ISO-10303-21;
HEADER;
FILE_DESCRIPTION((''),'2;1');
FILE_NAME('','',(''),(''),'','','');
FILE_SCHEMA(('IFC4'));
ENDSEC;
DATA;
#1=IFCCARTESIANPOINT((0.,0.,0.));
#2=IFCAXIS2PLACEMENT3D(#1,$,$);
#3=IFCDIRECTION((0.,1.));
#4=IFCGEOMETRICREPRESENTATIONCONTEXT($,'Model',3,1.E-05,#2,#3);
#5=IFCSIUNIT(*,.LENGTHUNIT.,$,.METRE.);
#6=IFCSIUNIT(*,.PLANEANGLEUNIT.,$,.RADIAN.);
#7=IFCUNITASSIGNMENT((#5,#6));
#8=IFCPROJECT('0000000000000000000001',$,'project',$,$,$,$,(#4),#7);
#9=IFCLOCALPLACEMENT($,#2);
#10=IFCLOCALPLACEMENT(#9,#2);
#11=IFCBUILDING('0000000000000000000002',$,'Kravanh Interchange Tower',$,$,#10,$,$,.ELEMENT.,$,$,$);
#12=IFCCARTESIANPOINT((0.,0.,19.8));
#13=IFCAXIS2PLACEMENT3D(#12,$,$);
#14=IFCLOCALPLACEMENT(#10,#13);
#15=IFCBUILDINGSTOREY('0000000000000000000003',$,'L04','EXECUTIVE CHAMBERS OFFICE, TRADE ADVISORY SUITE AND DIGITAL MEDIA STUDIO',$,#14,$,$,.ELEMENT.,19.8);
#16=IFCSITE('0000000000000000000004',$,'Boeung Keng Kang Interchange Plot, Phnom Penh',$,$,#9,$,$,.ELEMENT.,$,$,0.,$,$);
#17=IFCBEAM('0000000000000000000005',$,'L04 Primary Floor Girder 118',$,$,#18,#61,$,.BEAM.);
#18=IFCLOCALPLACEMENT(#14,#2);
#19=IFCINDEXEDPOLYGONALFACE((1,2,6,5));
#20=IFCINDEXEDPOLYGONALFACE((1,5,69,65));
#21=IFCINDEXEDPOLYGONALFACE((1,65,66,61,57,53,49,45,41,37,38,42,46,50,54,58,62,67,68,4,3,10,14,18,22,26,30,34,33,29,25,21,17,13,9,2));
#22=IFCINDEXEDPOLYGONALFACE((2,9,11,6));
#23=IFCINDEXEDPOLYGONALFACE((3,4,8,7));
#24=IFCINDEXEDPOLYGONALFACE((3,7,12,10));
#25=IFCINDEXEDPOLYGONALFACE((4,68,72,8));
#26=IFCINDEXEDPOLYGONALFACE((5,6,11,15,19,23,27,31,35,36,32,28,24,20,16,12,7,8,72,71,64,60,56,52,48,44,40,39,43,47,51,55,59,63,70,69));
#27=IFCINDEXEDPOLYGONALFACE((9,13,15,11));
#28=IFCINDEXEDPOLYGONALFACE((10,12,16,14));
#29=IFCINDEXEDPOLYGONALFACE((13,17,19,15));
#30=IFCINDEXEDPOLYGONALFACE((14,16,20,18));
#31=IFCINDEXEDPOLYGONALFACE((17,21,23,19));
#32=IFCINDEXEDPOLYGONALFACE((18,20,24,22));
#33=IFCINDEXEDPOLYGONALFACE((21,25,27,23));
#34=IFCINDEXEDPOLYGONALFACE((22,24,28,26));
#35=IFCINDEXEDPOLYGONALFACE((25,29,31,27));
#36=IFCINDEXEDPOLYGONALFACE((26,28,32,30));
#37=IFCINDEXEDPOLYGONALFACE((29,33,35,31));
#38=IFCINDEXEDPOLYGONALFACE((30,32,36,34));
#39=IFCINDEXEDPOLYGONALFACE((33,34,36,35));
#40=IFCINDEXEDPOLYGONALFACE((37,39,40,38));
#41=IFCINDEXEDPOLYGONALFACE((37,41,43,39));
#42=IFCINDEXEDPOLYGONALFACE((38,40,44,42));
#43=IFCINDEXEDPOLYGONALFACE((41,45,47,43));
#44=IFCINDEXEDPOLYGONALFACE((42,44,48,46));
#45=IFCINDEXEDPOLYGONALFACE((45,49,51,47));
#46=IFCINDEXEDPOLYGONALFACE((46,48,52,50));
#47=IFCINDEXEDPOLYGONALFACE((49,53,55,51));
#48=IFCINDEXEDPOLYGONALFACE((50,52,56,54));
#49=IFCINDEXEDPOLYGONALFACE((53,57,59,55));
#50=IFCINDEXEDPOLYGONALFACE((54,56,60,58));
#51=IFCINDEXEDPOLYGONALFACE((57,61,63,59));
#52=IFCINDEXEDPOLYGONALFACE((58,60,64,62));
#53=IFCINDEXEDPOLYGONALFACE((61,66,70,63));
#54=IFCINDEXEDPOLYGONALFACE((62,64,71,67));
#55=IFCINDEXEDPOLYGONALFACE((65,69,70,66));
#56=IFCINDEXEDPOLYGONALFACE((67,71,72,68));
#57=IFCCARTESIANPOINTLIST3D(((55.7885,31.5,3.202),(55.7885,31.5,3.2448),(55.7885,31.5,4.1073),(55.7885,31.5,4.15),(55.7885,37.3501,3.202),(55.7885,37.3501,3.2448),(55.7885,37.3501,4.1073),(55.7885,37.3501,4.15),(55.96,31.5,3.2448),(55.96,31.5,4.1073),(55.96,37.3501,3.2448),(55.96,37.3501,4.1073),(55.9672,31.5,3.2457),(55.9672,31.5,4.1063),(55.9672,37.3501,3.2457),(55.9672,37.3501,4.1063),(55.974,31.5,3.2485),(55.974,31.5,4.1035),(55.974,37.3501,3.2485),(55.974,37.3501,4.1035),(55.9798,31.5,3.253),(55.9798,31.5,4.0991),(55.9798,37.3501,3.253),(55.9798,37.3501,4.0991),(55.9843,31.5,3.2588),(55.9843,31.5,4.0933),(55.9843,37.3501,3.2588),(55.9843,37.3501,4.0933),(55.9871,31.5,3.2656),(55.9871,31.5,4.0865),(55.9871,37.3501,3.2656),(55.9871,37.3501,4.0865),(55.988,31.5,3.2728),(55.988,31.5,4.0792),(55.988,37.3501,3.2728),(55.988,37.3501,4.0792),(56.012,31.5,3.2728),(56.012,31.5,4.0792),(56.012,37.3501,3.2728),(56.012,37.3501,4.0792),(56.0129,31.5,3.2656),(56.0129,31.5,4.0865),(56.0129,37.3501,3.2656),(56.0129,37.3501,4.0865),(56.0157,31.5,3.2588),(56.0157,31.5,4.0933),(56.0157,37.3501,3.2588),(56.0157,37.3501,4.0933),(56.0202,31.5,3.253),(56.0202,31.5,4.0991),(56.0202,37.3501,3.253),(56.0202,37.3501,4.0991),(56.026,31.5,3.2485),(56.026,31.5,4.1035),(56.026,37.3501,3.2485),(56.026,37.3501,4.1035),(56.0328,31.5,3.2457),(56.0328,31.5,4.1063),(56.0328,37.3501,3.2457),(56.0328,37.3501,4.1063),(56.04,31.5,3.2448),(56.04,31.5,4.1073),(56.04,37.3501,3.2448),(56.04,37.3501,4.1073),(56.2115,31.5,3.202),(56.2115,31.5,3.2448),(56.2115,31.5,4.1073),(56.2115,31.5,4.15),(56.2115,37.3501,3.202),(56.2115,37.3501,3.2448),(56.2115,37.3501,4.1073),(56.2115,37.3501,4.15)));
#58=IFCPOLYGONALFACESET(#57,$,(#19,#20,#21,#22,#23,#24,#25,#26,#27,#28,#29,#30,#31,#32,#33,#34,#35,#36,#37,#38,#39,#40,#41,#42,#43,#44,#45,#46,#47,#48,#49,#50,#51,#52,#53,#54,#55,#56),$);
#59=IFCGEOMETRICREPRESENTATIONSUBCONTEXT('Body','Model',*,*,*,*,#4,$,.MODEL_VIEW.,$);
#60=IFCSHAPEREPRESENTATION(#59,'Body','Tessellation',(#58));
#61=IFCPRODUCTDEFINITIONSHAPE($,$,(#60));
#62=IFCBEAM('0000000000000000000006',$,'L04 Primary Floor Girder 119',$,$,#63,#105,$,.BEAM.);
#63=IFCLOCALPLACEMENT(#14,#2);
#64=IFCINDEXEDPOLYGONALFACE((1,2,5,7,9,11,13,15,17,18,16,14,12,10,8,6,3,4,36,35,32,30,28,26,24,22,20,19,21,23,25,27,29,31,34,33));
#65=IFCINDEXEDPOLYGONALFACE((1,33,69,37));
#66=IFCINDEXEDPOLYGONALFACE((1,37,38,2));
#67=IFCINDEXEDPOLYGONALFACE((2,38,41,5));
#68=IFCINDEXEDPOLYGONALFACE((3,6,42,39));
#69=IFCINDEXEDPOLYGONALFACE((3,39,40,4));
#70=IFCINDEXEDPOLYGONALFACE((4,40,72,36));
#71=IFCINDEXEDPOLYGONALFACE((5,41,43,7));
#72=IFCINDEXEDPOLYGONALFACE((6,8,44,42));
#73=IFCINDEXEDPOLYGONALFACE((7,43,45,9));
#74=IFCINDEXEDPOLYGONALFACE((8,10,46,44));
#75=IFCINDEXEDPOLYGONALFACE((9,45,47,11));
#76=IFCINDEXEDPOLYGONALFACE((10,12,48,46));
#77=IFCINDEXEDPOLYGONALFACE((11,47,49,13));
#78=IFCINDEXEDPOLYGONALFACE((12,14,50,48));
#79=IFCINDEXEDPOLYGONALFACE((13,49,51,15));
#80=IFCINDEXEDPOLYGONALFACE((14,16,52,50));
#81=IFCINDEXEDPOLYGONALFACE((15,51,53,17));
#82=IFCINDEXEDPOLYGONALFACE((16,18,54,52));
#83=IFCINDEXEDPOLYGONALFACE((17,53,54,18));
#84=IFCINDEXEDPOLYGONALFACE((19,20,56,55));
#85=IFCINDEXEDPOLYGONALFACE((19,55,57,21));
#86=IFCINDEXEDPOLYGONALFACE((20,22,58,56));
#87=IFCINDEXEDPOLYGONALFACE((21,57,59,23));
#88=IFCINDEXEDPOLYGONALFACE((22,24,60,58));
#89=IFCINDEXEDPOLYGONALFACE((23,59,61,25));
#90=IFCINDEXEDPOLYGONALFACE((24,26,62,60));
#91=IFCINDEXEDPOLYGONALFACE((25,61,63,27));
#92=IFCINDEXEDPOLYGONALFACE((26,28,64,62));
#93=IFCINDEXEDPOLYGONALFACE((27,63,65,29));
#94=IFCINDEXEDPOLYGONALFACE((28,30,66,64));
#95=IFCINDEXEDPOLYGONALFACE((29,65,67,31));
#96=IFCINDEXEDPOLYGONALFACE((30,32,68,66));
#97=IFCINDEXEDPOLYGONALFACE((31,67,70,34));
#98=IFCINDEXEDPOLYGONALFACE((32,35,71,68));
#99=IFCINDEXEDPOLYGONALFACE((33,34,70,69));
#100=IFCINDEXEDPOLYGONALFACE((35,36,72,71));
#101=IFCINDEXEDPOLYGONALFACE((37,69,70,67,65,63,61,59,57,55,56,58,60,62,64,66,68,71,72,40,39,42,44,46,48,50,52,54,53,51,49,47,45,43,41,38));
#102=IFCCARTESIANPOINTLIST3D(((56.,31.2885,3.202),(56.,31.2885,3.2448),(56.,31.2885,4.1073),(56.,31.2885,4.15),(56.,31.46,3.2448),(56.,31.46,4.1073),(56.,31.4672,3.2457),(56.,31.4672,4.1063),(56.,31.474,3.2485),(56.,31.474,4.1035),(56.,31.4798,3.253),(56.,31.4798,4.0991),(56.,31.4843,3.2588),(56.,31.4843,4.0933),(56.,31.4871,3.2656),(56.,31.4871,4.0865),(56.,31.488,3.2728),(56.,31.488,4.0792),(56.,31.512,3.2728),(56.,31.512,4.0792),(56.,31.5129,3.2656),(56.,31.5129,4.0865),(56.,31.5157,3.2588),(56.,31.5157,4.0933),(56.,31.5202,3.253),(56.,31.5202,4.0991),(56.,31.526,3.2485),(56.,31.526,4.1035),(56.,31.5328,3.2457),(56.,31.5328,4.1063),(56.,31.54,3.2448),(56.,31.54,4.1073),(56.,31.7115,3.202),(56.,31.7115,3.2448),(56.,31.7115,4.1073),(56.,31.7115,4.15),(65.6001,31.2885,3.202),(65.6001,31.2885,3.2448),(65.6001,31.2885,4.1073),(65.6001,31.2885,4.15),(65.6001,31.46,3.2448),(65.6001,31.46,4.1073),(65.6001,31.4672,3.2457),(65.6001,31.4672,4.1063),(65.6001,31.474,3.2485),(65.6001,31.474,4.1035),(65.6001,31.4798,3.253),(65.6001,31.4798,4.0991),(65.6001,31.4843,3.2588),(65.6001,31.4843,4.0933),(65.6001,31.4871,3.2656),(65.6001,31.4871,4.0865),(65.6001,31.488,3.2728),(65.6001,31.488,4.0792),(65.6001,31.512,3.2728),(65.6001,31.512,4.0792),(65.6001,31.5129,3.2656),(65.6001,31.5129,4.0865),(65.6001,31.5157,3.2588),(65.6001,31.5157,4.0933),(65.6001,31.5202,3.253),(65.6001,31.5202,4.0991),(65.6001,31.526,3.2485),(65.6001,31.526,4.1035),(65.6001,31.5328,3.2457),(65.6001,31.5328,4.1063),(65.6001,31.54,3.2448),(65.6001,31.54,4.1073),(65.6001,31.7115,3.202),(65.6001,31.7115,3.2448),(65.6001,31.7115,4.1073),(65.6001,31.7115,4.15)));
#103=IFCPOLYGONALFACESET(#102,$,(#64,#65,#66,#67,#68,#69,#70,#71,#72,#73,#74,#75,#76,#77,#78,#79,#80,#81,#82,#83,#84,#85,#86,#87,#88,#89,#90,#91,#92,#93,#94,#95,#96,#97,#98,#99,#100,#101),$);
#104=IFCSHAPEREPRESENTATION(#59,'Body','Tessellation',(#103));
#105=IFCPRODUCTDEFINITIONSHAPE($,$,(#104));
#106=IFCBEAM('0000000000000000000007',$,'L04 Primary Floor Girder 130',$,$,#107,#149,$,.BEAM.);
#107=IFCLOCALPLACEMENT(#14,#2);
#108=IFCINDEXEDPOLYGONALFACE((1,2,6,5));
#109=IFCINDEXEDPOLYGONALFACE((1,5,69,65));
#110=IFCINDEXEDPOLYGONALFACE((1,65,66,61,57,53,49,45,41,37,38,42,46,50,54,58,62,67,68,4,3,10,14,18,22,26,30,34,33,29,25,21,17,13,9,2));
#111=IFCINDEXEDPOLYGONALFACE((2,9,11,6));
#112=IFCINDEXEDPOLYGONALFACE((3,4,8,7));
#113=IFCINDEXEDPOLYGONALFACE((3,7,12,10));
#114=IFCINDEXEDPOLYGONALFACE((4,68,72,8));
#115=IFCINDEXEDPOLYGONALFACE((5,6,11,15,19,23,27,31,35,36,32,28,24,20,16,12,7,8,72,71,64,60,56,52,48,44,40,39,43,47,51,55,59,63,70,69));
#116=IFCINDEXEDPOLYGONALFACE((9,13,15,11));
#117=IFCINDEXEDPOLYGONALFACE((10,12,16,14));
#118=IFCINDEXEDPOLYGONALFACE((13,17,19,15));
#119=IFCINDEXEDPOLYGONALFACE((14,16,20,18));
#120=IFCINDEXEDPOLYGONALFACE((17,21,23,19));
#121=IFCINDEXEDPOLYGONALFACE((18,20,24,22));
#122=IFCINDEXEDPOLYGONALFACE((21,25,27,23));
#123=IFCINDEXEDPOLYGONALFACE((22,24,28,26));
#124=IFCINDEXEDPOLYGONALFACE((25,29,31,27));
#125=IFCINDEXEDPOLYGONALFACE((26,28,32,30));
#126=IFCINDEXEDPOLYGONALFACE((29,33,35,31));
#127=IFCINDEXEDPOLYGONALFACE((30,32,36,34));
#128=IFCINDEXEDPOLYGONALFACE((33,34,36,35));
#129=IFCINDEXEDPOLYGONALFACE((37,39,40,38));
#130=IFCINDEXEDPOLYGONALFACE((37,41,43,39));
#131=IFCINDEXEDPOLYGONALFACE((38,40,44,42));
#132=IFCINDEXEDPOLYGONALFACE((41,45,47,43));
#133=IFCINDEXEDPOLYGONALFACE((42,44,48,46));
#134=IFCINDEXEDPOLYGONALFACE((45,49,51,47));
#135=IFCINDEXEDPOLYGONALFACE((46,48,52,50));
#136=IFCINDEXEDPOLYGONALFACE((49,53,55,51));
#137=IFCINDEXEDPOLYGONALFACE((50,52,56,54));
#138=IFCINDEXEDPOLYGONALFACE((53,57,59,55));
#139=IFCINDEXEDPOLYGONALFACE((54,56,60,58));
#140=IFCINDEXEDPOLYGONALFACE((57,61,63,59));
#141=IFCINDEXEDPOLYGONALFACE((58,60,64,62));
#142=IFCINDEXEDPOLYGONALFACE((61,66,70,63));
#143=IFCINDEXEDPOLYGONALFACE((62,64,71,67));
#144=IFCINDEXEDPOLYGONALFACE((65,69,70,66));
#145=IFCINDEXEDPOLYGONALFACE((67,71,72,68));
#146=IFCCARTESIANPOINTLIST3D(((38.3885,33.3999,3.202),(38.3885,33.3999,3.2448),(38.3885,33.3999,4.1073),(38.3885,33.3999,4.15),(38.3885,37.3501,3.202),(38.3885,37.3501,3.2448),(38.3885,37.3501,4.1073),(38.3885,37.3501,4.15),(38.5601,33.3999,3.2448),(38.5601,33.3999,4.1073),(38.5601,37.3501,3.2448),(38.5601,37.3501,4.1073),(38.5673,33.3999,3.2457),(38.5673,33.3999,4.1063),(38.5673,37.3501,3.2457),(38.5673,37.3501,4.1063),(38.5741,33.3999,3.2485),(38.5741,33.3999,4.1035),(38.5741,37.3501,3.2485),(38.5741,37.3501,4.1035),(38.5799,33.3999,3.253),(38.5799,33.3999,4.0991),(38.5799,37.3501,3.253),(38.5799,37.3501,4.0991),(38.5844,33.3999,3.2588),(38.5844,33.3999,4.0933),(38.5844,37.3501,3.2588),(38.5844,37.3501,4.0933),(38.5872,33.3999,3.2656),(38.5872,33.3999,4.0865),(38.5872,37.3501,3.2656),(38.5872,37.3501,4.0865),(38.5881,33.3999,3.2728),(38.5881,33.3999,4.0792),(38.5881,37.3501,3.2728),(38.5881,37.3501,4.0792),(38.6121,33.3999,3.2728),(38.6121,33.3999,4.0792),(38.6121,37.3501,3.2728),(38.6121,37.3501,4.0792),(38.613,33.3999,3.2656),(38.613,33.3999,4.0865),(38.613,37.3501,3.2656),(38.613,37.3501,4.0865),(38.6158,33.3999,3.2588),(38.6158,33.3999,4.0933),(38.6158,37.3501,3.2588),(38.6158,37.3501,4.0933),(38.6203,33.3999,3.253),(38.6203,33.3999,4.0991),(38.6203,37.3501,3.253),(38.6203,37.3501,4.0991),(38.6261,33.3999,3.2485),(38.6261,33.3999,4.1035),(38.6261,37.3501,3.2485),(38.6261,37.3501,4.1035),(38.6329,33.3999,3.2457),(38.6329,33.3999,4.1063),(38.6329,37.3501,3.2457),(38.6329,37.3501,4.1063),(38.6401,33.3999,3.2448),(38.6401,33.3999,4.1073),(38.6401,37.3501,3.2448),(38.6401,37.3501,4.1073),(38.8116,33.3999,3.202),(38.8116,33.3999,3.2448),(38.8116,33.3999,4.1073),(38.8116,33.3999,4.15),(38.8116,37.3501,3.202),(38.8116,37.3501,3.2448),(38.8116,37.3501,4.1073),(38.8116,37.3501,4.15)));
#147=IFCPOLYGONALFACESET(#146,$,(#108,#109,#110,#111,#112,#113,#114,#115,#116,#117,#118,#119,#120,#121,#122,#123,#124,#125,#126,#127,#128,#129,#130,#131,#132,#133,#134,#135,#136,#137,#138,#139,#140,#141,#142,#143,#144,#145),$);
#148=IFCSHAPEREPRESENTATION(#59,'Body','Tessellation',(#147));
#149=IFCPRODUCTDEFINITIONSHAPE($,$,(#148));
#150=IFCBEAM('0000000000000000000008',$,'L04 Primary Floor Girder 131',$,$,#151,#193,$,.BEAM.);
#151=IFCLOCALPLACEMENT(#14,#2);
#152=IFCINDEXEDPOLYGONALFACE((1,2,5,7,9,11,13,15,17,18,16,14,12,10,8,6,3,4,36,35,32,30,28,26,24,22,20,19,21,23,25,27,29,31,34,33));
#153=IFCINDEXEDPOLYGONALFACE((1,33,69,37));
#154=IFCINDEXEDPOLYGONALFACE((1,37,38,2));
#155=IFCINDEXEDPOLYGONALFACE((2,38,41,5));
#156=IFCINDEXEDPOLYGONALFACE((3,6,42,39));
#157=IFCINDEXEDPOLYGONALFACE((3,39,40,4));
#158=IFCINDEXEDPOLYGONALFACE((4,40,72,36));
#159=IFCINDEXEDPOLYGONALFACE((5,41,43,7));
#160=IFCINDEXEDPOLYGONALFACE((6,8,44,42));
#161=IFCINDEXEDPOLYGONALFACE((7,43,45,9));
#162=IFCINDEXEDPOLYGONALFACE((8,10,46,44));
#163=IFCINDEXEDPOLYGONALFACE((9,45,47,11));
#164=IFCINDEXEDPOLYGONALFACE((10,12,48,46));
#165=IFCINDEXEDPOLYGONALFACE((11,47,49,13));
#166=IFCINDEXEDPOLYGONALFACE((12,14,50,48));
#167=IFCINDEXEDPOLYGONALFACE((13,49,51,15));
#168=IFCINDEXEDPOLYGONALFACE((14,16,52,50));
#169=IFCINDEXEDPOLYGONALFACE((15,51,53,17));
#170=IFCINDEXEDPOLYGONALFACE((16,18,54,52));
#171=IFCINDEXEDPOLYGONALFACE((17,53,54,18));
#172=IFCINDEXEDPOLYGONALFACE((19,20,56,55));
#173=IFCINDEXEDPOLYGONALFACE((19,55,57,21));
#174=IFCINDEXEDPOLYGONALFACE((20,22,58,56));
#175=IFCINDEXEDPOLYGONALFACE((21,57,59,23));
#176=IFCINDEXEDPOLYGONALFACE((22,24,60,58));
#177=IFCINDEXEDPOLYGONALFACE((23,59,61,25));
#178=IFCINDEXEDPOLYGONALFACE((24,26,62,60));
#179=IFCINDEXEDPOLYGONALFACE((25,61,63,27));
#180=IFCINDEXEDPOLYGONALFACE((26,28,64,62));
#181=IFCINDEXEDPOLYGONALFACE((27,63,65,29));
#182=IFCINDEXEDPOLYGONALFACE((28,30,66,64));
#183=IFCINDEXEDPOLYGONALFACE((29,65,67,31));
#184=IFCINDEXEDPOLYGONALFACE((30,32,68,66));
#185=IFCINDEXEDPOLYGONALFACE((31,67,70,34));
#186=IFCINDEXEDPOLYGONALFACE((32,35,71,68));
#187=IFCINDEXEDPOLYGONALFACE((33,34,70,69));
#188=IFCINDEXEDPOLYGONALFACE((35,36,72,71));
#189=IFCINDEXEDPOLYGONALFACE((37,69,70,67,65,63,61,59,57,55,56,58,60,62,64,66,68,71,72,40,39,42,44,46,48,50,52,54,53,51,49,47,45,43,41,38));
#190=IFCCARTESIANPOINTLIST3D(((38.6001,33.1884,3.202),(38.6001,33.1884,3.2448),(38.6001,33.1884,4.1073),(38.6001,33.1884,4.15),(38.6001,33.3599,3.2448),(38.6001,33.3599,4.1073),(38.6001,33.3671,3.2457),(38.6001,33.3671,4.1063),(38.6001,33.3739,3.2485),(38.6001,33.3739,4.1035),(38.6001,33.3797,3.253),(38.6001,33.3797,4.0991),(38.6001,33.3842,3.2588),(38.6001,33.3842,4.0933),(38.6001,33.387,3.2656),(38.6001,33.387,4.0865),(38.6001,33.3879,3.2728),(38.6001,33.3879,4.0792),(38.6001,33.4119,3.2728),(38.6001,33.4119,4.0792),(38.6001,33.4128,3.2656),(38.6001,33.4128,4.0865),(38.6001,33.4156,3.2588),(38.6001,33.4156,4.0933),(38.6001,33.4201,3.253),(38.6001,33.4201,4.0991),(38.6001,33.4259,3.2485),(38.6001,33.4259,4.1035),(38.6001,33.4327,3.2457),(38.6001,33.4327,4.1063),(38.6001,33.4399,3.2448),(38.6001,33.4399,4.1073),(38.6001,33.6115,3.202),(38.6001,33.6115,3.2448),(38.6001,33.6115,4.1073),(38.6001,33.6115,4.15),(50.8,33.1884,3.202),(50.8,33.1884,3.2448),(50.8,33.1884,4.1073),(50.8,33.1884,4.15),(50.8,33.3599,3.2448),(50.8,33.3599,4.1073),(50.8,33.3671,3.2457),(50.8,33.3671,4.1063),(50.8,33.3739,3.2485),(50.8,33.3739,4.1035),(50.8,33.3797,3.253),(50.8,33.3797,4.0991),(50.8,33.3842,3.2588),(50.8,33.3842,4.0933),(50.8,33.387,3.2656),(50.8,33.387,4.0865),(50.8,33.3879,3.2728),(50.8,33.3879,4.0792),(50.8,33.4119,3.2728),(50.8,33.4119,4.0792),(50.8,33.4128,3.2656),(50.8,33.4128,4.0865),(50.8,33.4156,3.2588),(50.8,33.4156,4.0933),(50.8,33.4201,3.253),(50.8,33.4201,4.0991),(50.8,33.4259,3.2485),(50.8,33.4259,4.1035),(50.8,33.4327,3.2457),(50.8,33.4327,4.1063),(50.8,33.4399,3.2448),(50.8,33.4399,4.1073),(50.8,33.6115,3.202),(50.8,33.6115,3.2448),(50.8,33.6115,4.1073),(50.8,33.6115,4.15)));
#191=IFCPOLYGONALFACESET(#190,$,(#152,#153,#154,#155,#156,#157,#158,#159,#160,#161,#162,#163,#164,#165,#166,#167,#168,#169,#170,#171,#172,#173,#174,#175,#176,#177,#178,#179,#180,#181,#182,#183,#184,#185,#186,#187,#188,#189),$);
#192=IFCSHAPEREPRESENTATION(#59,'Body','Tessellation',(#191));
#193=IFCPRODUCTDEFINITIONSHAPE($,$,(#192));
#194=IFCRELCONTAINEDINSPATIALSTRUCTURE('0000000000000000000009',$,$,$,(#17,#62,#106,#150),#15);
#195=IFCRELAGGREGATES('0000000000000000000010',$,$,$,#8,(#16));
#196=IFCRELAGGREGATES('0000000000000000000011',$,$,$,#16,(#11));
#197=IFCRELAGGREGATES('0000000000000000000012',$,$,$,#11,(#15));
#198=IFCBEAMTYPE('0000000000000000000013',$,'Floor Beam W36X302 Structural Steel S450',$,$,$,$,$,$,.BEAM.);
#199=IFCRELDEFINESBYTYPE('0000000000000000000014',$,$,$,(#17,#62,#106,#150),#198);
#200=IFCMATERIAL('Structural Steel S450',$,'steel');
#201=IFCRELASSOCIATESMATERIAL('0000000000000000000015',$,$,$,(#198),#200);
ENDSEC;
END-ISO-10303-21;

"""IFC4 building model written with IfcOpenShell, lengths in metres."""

from ifc_helpers import new_model, si_unit, direction, frame, origin, origin_2d, place, context, subcontext, project, spatial, i_section, extrude, material, material_profile, profile_set, type_object, element, save


model = new_model("IFC4")

# Units and contexts
model_context = context("Model", 3, precision=1e-05, world=origin(), true_north=direction((0.0, 1.0)))
body_context = subcontext(model_context, "Body", "Model", "MODEL_VIEW")
ifc_project = project(units=[si_unit("LENGTHUNIT", "METRE"), si_unit("PLANEANGLEUNIT", "RADIAN")], contexts=[model_context])

# Site, building, storey
site_placement = place(None, origin())
site = spatial("IfcSite", under=ifc_project, at=site_placement, Name="Boeung Keng Kang Interchange Plot, Phnom Penh", CompositionType="ELEMENT", RefElevation=0.0)
building_placement = place(site_placement, origin())
building = spatial("IfcBuilding", under=site, at=building_placement, Name="Kravanh Interchange Tower", CompositionType="ELEMENT")
storey_placement = place(building_placement, frame((0.0, 0.0, 19.8)))
storey = spatial("IfcBuildingStorey", under=building, at=storey_placement, Name="L04", Description="EXECUTIVE CHAMBERS OFFICE, TRADE ADVISORY SUITE AND DIGITAL MEDIA STUDIO", CompositionType="ELEMENT", Elevation=19.8)

# Beams
ifc_material_1 = material(Name="Structural Steel S450", Category="steel")
ifc_material_profile_1 = material_profile(ifc_material_1, i_section(OverallWidth=0.4231, OverallDepth=0.948, WebThickness=0.0239, FlangeThickness=0.0427, FilletRadius=0.0281, at=origin_2d()), Name="W36X302")
ifc_profile_set_1 = profile_set([ifc_material_profile_1], Name="Structural Steel S450")
beam_type_1 = type_object("IfcBeamType", Name="Floor Beam W36X302 Structural Steel S450", PredefinedType="BEAM", material=ifc_profile_set_1)
beam_1_placement = place(storey_placement, frame((56.0, 31.5, 3.676), z_axis=(0.0, 1.0, 0.0), x_axis=(-1.0, 0.0, 0.0)))
element("IfcBeam", 1, at=beam_1_placement, inside=storey, type_object=beam_type_1, Name="L04 Primary Floor Girder 118", PredefinedType="BEAM", context=body_context, shape_type="SweptSolid", body=[
    extrude(i_section(OverallWidth=0.4231, OverallDepth=0.948, WebThickness=0.0239, FlangeThickness=0.0427, FilletRadius=0.0281, at=origin_2d()), origin(), (0.0, 0.0, 1.0), 5.8501),
])
beam_2_placement = place(storey_placement, frame((56.0, 31.5, 3.676), z_axis=(1.0, 0.0, 0.0), x_axis=(0.0, 1.0, 0.0)))
element("IfcBeam", 2, at=beam_2_placement, inside=storey, type_object=beam_type_1, Name="L04 Primary Floor Girder 119", PredefinedType="BEAM", context=body_context, shape_type="SweptSolid", body=[
    extrude(i_section(OverallWidth=0.4231, OverallDepth=0.948, WebThickness=0.0239, FlangeThickness=0.0427, FilletRadius=0.0281, at=origin_2d()), origin(), (0.0, 0.0, 1.0), 9.6001),
])
beam_3_placement = place(storey_placement, frame((38.6001, 33.3999, 3.676), z_axis=(0.0, 1.0, 0.0), x_axis=(-1.0, 0.0, 0.0)))
element("IfcBeam", 3, at=beam_3_placement, inside=storey, type_object=beam_type_1, Name="L04 Primary Floor Girder 130", PredefinedType="BEAM", context=body_context, shape_type="SweptSolid", body=[
    extrude(i_section(OverallWidth=0.4231, OverallDepth=0.948, WebThickness=0.0239, FlangeThickness=0.0427, FilletRadius=0.0281, at=origin_2d()), origin(), (0.0, 0.0, 1.0), 3.9502),
])
beam_4_placement = place(storey_placement, frame((38.6001, 33.3999, 3.676), z_axis=(1.0, 0.0, 0.0), x_axis=(0.0, 1.0, 0.0)))
element("IfcBeam", 4, at=beam_4_placement, inside=storey, type_object=beam_type_1, Name="L04 Primary Floor Girder 131", PredefinedType="BEAM", context=body_context, shape_type="SweptSolid", body=[
    extrude(i_section(OverallWidth=0.4231, OverallDepth=0.948, WebThickness=0.0239, FlangeThickness=0.0427, FilletRadius=0.0281, at=origin_2d()), origin(), (0.0, 0.0, 1.0), 12.2),
])

save(model, "model.ifc")
